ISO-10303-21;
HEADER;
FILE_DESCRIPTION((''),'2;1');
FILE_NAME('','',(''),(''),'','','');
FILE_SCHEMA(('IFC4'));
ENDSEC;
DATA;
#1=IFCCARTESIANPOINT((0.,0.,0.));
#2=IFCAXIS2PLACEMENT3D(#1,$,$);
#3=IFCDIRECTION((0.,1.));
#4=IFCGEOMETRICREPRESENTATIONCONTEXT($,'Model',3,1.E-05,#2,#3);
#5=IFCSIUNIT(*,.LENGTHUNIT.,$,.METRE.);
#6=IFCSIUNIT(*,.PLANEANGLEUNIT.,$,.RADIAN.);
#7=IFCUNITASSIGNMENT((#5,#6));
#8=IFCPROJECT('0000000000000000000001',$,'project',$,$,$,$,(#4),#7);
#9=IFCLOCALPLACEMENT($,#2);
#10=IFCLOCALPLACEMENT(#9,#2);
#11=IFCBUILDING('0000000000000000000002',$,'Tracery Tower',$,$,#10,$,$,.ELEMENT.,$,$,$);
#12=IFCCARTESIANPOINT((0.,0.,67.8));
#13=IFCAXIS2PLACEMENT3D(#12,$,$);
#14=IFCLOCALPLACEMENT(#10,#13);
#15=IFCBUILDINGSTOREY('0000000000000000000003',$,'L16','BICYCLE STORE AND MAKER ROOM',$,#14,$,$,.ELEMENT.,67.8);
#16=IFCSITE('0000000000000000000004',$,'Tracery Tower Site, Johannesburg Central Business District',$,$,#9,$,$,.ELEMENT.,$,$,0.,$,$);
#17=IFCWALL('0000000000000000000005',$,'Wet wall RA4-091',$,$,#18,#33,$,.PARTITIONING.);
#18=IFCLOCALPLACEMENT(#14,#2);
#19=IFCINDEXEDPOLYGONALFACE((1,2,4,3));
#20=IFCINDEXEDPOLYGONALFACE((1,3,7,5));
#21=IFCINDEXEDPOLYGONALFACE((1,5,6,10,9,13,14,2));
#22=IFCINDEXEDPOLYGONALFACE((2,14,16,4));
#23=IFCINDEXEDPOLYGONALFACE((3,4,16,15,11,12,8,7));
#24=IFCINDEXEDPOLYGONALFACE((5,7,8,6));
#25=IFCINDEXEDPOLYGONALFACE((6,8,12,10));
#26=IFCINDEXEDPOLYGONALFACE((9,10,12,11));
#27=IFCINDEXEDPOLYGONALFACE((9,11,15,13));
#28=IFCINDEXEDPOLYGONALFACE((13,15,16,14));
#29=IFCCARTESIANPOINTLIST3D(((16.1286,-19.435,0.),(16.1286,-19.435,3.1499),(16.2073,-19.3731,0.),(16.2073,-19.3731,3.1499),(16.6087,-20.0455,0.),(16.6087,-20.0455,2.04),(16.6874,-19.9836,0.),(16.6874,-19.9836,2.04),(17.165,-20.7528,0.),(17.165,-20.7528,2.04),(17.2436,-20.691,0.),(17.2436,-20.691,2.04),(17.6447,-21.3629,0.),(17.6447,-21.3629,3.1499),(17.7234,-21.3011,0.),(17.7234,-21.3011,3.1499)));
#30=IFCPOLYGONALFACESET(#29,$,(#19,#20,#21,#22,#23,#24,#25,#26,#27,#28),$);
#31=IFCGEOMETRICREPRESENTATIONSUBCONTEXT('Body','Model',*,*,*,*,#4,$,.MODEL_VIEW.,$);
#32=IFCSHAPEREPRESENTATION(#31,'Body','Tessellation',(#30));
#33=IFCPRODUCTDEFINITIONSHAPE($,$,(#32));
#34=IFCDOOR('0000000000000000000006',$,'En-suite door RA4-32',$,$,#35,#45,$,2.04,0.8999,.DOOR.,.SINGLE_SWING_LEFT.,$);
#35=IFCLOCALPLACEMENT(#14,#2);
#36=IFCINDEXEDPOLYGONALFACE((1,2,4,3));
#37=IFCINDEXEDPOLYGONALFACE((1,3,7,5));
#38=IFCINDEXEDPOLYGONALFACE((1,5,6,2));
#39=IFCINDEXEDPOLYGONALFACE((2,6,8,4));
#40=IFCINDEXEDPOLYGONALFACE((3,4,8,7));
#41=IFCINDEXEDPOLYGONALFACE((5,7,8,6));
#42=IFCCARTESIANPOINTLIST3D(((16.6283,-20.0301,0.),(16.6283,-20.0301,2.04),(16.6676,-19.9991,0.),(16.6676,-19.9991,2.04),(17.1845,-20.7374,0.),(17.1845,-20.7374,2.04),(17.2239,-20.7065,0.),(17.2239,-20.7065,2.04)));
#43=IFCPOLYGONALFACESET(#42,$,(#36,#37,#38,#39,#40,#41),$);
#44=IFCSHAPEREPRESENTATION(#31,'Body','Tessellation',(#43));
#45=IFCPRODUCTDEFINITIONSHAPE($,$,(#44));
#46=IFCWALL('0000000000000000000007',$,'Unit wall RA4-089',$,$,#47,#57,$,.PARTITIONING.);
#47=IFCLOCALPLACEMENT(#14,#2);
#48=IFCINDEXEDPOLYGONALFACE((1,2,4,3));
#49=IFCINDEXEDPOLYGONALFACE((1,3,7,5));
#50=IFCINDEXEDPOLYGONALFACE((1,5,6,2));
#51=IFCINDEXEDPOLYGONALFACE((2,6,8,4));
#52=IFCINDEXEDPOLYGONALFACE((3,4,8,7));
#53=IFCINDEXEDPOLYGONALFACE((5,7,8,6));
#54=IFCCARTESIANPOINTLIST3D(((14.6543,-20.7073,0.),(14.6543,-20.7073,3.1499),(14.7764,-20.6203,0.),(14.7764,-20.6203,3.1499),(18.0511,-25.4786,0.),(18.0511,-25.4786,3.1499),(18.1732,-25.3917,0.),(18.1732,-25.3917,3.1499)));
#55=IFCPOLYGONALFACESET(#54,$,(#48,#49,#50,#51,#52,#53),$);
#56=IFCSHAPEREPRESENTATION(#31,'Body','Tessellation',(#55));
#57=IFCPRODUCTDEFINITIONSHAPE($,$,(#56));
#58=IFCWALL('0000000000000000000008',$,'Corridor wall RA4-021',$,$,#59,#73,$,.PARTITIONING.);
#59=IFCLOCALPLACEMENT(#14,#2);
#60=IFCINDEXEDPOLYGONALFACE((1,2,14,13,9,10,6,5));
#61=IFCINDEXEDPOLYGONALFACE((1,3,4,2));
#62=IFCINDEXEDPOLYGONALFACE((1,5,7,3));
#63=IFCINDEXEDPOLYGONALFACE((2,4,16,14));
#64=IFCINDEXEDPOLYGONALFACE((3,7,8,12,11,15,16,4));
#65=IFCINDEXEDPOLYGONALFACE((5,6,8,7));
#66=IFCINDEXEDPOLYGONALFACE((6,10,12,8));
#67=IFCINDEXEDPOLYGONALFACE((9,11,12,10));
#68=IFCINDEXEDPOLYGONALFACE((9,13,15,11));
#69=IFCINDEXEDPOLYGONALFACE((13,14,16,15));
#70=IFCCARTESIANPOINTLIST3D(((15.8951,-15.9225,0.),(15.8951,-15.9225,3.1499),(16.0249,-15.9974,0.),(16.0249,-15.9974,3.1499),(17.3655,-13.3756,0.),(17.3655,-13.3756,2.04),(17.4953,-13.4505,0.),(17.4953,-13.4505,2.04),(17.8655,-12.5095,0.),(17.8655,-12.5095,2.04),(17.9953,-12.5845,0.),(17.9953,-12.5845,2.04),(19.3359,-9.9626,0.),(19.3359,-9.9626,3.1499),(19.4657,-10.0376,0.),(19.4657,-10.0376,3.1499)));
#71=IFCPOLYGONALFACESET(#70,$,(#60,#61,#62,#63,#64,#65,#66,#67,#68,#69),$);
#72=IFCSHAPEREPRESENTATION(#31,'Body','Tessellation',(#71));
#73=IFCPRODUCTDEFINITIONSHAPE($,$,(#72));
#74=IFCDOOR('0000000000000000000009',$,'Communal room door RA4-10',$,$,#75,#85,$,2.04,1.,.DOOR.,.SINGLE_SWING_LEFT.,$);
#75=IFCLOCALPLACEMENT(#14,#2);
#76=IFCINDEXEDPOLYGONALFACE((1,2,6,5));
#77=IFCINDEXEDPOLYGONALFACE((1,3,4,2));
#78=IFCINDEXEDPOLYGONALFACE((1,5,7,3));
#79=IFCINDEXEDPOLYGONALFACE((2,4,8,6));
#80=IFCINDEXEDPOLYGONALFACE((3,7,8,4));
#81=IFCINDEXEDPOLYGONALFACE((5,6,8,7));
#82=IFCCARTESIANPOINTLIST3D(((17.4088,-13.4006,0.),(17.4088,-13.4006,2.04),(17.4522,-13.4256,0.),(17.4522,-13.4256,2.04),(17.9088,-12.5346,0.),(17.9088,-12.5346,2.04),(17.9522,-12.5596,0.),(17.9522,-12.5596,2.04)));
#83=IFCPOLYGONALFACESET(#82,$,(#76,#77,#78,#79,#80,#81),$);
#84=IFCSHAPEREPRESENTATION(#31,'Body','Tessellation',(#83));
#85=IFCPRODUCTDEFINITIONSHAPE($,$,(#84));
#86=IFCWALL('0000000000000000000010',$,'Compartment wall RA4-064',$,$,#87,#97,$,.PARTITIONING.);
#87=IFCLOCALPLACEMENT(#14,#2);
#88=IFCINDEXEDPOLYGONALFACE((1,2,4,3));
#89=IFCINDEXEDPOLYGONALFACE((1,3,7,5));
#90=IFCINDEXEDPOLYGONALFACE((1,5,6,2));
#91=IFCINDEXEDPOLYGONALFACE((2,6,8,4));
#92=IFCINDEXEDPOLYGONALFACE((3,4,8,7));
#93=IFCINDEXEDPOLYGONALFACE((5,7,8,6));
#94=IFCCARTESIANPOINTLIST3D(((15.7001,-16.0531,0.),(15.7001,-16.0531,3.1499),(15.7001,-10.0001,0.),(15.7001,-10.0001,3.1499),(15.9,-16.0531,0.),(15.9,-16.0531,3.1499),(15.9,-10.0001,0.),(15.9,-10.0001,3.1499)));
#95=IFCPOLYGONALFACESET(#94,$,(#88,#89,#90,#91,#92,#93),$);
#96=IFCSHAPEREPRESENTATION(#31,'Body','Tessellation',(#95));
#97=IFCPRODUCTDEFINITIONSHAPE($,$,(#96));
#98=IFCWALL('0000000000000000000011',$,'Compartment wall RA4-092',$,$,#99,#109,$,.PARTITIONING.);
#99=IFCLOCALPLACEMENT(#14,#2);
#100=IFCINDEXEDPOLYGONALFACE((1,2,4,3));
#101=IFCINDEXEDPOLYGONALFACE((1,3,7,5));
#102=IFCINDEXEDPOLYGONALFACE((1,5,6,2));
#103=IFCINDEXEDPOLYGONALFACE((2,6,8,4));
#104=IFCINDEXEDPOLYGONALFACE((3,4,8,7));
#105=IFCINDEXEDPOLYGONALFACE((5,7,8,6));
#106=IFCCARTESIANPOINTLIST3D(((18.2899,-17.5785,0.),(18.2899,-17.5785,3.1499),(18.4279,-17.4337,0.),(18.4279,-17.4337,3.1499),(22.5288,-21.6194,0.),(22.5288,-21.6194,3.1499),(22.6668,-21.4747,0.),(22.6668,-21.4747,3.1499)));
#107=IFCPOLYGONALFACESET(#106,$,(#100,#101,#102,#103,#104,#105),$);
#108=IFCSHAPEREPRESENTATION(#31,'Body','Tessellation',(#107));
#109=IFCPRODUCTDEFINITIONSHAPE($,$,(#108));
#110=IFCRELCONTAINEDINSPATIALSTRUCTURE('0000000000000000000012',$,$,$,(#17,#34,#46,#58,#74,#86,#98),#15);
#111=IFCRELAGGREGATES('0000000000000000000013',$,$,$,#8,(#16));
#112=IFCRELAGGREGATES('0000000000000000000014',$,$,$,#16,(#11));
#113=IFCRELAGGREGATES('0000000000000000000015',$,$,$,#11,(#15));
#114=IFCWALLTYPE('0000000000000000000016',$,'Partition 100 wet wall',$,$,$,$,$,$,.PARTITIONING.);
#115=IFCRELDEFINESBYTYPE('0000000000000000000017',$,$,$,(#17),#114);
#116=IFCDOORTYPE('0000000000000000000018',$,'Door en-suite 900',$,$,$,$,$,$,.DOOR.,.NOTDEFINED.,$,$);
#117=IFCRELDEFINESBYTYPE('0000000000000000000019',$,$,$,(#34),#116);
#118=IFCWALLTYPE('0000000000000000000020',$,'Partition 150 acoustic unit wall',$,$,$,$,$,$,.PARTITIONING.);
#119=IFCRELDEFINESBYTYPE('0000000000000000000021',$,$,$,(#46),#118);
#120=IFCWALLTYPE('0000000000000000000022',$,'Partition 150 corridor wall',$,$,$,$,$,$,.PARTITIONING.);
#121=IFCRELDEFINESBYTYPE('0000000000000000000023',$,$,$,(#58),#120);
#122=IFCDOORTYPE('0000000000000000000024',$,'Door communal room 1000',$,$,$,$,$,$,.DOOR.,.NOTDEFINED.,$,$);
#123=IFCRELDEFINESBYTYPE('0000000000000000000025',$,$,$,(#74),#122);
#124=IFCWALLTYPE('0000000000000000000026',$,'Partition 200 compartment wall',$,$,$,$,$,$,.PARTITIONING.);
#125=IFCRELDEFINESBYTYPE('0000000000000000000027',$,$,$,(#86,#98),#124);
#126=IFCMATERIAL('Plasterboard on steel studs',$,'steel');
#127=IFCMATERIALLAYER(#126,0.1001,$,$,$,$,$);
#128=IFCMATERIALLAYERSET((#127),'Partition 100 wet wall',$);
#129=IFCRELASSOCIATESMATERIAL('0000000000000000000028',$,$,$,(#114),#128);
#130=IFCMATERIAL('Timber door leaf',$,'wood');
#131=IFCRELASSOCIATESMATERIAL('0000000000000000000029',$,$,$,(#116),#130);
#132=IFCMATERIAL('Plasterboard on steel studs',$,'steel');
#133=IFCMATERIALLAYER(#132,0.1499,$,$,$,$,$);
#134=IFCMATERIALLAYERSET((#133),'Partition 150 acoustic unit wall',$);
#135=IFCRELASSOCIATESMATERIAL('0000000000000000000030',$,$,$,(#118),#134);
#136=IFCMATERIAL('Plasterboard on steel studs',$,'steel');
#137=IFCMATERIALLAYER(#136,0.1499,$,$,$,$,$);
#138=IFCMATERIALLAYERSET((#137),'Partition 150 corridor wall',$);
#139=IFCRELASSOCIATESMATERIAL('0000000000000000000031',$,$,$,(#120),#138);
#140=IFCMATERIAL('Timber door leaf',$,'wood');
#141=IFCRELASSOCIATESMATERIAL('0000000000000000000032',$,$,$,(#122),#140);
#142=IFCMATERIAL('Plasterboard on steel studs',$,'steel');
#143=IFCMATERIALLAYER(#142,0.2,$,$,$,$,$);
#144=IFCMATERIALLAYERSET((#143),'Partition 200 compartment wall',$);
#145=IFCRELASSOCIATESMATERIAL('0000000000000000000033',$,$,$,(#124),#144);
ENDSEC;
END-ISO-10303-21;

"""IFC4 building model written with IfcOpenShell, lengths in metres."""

from ifc_helpers import new_model, si_unit, direction, frame, frame_2d, origin, place, context, subcontext, project, spatial, rectangle, extrude, material, layer, layer_set, type_object, element, fill, save


model = new_model("IFC4")

# Units and contexts
model_context = context("Model", 3, precision=1e-05, world=origin(), true_north=direction((0.0, 1.0)))
body_context = subcontext(model_context, "Body", "Model", "MODEL_VIEW")
ifc_project = project(units=[si_unit("LENGTHUNIT", "METRE"), si_unit("PLANEANGLEUNIT", "RADIAN")], contexts=[model_context])

# Site, building, storey
site_placement = place(None, origin())
site = spatial("IfcSite", under=ifc_project, at=site_placement, Name="Tracery Tower Site, Johannesburg Central Business District", CompositionType="ELEMENT", RefElevation=0.0)
building_placement = place(site_placement, origin())
building = spatial("IfcBuilding", under=site, at=building_placement, Name="Tracery Tower", CompositionType="ELEMENT")
storey_placement = place(building_placement, frame((0.0, 0.0, 67.8)))
storey = spatial("IfcBuildingStorey", under=building, at=storey_placement, Name="L16", Description="BICYCLE STORE AND MAKER ROOM", CompositionType="ELEMENT", Elevation=67.8)

# Shared definitions
ifc_material_1 = material(Name="Plasterboard on steel studs", Category="steel")
ifc_layer_1 = layer(ifc_material_1, 0.1001)
ifc_layer_set_1 = layer_set([ifc_layer_1], Name="Partition 100 wet wall")
wall_type_1 = type_object("IfcWallType", Name="Partition 100 wet wall", PredefinedType="PARTITIONING", material=ifc_layer_set_1)
ifc_material_2 = material(Name="Timber door leaf", Category="wood")
door_type_1 = type_object("IfcDoorType", Name="Door en-suite 900", OperationType="NOTDEFINED", PredefinedType="DOOR", material=ifc_material_2)

# Wall, opening, door
wall_1_placement = place(storey_placement, frame((16.168, -19.4041, 0.0), z_axis=(0.0, 0.0, 1.0), x_axis=(0.618142, -0.786066, 0.0)))
wall_1 = element("IfcWall", 1, at=wall_1_placement, inside=storey, type_object=wall_type_1, Name="Wet wall RA4-091", PredefinedType="PARTITIONING", context=body_context, shape_type="SweptSolid", body=[
    extrude(rectangle(XDim=2.4526, YDim=0.1001, at=frame_2d((1.2263, 0.0))), origin(), (0.0, 0.0, 1.0), 3.1499),
])
opening_1_placement = place(wall_1_placement, frame((0.7766, 0.0, 0.0)))
opening_1 = element("IfcOpeningElement", 2, at=opening_1_placement, cuts=wall_1, PredefinedType="OPENING", context=body_context, shape_type="SweptSolid", body=[
    extrude(rectangle(XDim=0.8999, YDim=2.04, at=frame_2d((0.45, 1.02))), frame((0.0, 0.05, 0.0), z_axis=(0.0, -1.0, 0.0), x_axis=(1.0, 0.0, 0.0)), (0.0, 0.0, 1.0), 0.1001),
])
door_1_placement = place(opening_1_placement, origin())
door_1 = element("IfcDoor", 3, at=door_1_placement, inside=storey, type_object=door_type_1, Name="En-suite door RA4-32", OperationType="SINGLE_SWING_LEFT", OverallHeight=2.04, OverallWidth=0.8999, PredefinedType="DOOR", context=body_context, shape_type="SweptSolid", body=[
    extrude(rectangle(XDim=0.8999, YDim=2.04, at=frame_2d((0.45, 1.02))), frame((0.0, 0.0249, 0.0), z_axis=(0.0, -1.0, 0.0), x_axis=(1.0, 0.0, 0.0)), (0.0, 0.0, 1.0), 0.05),
])
fill(opening_1, door_1)

# Wall
ifc_material_3 = material(Name="Plasterboard on steel studs", Category="steel")
ifc_layer_2 = layer(ifc_material_3, 0.1499)
ifc_layer_set_2 = layer_set([ifc_layer_2], Name="Partition 150 acoustic unit wall")
wall_type_2 = type_object("IfcWallType", Name="Partition 150 acoustic unit wall", PredefinedType="PARTITIONING", material=ifc_layer_set_2)
wall_2_placement = place(storey_placement, frame((14.7153, -20.6638, 0.0), z_axis=(0.0, 0.0, 1.0), x_axis=(0.57996, -0.814645, 0.0)))
element("IfcWall", 4, at=wall_2_placement, inside=storey, type_object=wall_type_2, Name="Unit wall RA4-089", PredefinedType="PARTITIONING", context=body_context, shape_type="SweptSolid", body=[
    extrude(rectangle(XDim=5.8569, YDim=0.1499, at=frame_2d((2.9285, 0.0))), origin(), (0.0, 0.0, 1.0), 3.1499),
])

# Wall, opening, door
ifc_material_4 = material(Name="Plasterboard on steel studs", Category="steel")
ifc_layer_3 = layer(ifc_material_4, 0.1499)
ifc_layer_set_3 = layer_set([ifc_layer_3], Name="Partition 150 corridor wall")
wall_type_3 = type_object("IfcWallType", Name="Partition 150 corridor wall", PredefinedType="PARTITIONING", material=ifc_layer_set_3)
wall_3_placement = place(storey_placement, frame((15.96, -15.96, 0.0), z_axis=(0.0, 0.0, 1.0), x_axis=(0.499993, 0.86603, 0.0)))
wall_3 = element("IfcWall", 5, at=wall_3_placement, inside=storey, type_object=wall_type_3, Name="Corridor wall RA4-021", PredefinedType="PARTITIONING", context=body_context, shape_type="SweptSolid", body=[
    extrude(rectangle(XDim=6.8818, YDim=0.1499, at=frame_2d((3.4409, 0.0))), origin(), (0.0, 0.0, 1.0), 3.1499),
])
opening_2_placement = place(wall_3_placement, frame((2.9409, 0.0, 0.0)))
opening_2 = element("IfcOpeningElement", 6, at=opening_2_placement, cuts=wall_3, PredefinedType="OPENING", context=body_context, shape_type="SweptSolid", body=[
    extrude(rectangle(XDim=1.0, YDim=2.04, at=frame_2d((0.5, 1.02))), frame((0.0, 0.075, 0.0), z_axis=(0.0, -1.0, 0.0), x_axis=(1.0, 0.0, 0.0)), (0.0, 0.0, 1.0), 0.1499),
])
ifc_material_5 = material(Name="Timber door leaf", Category="wood")
door_type_2 = type_object("IfcDoorType", Name="Door communal room 1000", OperationType="NOTDEFINED", PredefinedType="DOOR", material=ifc_material_5)
door_2_placement = place(opening_2_placement, origin())
door_2 = element("IfcDoor", 7, at=door_2_placement, inside=storey, type_object=door_type_2, Name="Communal room door RA4-10", OperationType="SINGLE_SWING_LEFT", OverallHeight=2.04, OverallWidth=1.0, PredefinedType="DOOR", context=body_context, shape_type="SweptSolid", body=[
    extrude(rectangle(XDim=1.0, YDim=2.04, at=frame_2d((0.5, 1.02))), frame((0.0, 0.0249, 0.0), z_axis=(0.0, -1.0, 0.0), x_axis=(1.0, 0.0, 0.0)), (0.0, 0.0, 1.0), 0.05),
])
fill(opening_2, door_2)

# Walls
ifc_material_6 = material(Name="Plasterboard on steel studs", Category="steel")
ifc_layer_4 = layer(ifc_material_6, 0.2)
ifc_layer_set_4 = layer_set([ifc_layer_4], Name="Partition 200 compartment wall")
wall_type_4 = type_object("IfcWallType", Name="Partition 200 compartment wall", PredefinedType="PARTITIONING", material=ifc_layer_set_4)
wall_4_placement = place(storey_placement, frame((15.8, -16.053, 0.0), z_axis=(0.0, 0.0, 1.0), x_axis=(0.0, 1.0, 0.0)))
element("IfcWall", 8, at=wall_4_placement, inside=storey, type_object=wall_type_4, Name="Compartment wall RA4-064", PredefinedType="PARTITIONING", context=body_context, shape_type="SweptSolid", body=[
    extrude(rectangle(XDim=6.053, YDim=0.2, at=frame_2d((3.0264, 0.0))), origin(), (0.0, 0.0, 1.0), 3.1499),
])
wall_5_placement = place(storey_placement, frame((18.3589, -17.5061, 0.0), z_axis=(0.0, 0.0, 1.0), x_axis=(0.723809, -0.690001, 0.0)))
element("IfcWall", 9, at=wall_5_placement, inside=storey, type_object=wall_type_4, Name="Compartment wall RA4-092", PredefinedType="PARTITIONING", context=body_context, shape_type="SweptSolid", body=[
    extrude(rectangle(XDim=5.8564, YDim=0.2, at=frame_2d((2.9282, 0.0))), origin(), (0.0, 0.0, 1.0), 3.1499),
])

save(model, "model.ifc")
